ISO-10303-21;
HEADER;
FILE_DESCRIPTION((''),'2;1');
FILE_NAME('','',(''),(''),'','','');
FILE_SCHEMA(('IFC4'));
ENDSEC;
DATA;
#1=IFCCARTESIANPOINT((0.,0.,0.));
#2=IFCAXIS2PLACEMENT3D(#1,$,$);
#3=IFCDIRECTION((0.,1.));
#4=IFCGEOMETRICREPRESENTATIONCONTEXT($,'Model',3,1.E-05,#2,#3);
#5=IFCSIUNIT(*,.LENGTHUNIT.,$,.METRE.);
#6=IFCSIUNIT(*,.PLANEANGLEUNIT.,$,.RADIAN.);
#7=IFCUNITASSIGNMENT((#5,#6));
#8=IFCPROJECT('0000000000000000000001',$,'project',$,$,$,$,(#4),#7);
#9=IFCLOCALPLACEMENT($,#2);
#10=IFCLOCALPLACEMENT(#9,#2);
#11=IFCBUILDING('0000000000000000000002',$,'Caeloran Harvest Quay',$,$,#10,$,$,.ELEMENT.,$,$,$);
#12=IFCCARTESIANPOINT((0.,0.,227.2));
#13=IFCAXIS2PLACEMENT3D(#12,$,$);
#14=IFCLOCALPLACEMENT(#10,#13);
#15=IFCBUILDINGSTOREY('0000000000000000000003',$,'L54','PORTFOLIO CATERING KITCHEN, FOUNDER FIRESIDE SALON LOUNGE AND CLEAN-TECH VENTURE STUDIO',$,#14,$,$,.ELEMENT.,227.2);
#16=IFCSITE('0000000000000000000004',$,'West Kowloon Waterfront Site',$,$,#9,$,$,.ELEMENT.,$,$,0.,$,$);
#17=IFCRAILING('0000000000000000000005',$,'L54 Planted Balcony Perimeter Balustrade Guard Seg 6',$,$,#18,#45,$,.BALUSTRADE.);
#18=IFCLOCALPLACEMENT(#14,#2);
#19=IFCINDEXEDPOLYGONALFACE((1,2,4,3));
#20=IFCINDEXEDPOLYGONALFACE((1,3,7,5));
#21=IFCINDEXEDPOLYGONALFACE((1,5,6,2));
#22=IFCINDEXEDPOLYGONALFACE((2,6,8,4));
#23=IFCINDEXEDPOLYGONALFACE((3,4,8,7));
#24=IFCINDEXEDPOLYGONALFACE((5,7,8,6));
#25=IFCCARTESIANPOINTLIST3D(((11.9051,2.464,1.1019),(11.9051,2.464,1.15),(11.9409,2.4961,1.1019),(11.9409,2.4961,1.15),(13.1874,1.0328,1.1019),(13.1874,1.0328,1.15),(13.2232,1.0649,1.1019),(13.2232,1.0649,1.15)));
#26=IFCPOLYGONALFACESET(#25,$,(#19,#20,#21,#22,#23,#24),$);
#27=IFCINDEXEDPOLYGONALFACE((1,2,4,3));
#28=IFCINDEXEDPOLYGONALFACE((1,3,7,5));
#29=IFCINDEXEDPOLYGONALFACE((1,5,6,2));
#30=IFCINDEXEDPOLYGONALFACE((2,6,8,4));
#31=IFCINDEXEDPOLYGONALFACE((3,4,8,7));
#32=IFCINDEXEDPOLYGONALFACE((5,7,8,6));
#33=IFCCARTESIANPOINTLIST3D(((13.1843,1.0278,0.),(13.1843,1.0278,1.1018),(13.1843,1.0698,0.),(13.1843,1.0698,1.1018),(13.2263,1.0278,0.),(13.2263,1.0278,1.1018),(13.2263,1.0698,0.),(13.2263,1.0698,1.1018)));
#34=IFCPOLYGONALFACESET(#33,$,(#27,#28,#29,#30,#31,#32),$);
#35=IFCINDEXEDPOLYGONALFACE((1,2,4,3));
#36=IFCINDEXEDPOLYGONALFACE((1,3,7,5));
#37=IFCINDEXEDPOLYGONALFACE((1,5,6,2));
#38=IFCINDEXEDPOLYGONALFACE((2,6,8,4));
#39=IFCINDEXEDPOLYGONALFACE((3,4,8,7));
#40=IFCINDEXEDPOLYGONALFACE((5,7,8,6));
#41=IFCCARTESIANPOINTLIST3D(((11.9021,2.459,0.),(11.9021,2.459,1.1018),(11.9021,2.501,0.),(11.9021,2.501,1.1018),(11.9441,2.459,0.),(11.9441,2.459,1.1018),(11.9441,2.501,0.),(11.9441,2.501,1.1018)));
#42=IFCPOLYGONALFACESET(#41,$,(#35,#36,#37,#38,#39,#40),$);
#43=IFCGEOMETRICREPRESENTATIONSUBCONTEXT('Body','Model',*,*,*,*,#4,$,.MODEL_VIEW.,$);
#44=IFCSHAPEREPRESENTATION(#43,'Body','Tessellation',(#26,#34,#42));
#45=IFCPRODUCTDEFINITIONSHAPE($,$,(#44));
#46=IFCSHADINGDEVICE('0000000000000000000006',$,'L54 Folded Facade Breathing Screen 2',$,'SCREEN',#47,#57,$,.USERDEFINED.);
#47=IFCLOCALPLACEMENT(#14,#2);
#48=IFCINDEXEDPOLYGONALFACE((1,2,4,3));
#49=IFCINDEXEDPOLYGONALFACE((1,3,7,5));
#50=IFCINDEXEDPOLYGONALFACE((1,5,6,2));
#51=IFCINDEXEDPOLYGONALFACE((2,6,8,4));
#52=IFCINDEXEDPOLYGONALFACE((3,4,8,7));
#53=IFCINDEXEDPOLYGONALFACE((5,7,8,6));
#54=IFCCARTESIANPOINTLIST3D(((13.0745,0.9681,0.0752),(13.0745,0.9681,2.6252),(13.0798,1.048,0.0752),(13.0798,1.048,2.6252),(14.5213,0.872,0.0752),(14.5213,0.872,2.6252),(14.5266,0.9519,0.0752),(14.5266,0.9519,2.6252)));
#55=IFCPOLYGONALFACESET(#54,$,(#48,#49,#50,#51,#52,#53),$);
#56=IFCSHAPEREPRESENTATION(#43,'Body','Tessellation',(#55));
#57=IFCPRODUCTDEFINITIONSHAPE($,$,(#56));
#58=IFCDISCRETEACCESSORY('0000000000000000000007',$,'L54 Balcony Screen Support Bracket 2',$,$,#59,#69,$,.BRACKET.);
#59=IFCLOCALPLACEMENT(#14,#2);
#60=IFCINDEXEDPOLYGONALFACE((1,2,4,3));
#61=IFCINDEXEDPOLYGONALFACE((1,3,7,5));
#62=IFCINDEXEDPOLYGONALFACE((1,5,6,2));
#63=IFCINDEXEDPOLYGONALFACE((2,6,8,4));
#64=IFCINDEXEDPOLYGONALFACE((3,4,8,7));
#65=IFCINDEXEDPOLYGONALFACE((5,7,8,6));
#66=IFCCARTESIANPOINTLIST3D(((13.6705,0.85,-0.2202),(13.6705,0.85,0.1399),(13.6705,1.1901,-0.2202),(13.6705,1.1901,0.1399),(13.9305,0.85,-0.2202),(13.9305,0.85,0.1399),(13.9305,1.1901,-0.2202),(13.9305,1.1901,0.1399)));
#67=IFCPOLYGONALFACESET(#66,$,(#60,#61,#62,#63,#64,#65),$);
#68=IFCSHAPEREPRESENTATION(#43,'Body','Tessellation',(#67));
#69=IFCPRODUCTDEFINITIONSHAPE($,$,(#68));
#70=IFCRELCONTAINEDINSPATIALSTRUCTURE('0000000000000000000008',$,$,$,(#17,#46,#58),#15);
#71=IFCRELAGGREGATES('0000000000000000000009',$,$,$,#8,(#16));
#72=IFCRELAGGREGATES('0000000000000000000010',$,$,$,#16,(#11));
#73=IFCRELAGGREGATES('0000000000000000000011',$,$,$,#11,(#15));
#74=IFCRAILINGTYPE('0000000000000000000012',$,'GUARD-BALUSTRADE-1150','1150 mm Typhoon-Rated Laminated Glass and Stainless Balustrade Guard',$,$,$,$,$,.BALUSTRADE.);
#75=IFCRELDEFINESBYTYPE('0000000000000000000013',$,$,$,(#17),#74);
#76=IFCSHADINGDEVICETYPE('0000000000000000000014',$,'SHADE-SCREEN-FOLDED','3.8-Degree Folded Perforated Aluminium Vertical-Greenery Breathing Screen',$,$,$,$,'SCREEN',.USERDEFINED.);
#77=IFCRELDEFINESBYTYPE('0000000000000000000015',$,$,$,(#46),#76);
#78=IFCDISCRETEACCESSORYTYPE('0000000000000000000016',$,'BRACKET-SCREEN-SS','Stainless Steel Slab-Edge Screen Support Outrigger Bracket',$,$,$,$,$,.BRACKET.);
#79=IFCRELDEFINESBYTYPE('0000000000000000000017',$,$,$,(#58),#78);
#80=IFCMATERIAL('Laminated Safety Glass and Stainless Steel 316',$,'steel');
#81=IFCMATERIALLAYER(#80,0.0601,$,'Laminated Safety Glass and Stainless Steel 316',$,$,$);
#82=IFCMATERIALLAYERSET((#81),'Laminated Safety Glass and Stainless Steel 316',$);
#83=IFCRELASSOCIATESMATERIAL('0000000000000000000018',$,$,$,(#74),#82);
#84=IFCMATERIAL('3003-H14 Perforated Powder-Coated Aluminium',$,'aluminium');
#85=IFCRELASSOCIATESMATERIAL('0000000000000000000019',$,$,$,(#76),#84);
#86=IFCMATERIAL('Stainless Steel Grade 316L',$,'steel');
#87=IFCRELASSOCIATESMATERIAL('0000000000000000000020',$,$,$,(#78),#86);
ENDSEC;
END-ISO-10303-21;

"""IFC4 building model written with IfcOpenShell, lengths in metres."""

from ifc_helpers import new_model, si_unit, direction, frame, origin, origin_2d, place, context, subcontext, project, spatial, rectangle, extrude, material, layer, layer_set, type_object, element, save


model = new_model("IFC4")

# Units and contexts
model_context = context("Model", 3, precision=1e-05, world=origin(), true_north=direction((0.0, 1.0)))
body_context = subcontext(model_context, "Body", "Model", "MODEL_VIEW")
ifc_project = project(units=[si_unit("LENGTHUNIT", "METRE"), si_unit("PLANEANGLEUNIT", "RADIAN")], contexts=[model_context])

# Site, building, storey
site_placement = place(None, origin())
site = spatial("IfcSite", under=ifc_project, at=site_placement, Name="West Kowloon Waterfront Site", CompositionType="ELEMENT", RefElevation=0.0)
building_placement = place(site_placement, origin())
building = spatial("IfcBuilding", under=site, at=building_placement, Name="Caeloran Harvest Quay", CompositionType="ELEMENT")
storey_placement = place(building_placement, frame((0.0, 0.0, 227.2)))
storey = spatial("IfcBuildingStorey", under=building, at=storey_placement, Name="L54", Description="PORTFOLIO CATERING KITCHEN, FOUNDER FIRESIDE SALON LOUNGE AND CLEAN-TECH VENTURE STUDIO", CompositionType="ELEMENT", Elevation=227.2)

# Railing
ifc_material_1 = material(Name="Laminated Safety Glass and Stainless Steel 316", Category="steel")
ifc_layer_1 = layer(ifc_material_1, 0.0601, Name="Laminated Safety Glass and Stainless Steel 316")
ifc_layer_set_1 = layer_set([ifc_layer_1], Name="Laminated Safety Glass and Stainless Steel 316")
railing_type = type_object("IfcRailingType", Name="GUARD-BALUSTRADE-1150", Description="1150 mm Typhoon-Rated Laminated Glass and Stainless Balustrade Guard", PredefinedType="BALUSTRADE", material=ifc_layer_set_1)
railing_1_placement = place(storey_placement, frame((13.2053, 1.0488, 0.0)))
element("IfcRailing", 1, at=railing_1_placement, inside=storey, type_object=railing_type, Name="L54 Planted Balcony Perimeter Balustrade Guard Seg 6", PredefinedType="BALUSTRADE", context=body_context, shape_type="SweptSolid", body=[
    extrude(rectangle(XDim=0.0481, YDim=0.0481, at=origin_2d()), frame((0.0, 0.0, 1.126), z_axis=(-0.667292, 0.744796, 0.0), x_axis=(-0.744796, -0.667292, 0.0)), (0.0, 0.0, 1.0), 1.9216),
    extrude(rectangle(XDim=0.042, YDim=0.042, at=origin_2d()), origin(), (0.0, 0.0, 1.0), 1.1018),
    extrude(rectangle(XDim=0.042, YDim=0.042, at=origin_2d()), frame((-1.2822, 1.4312, 0.0)), (0.0, 0.0, 1.0), 1.1018),
])

# Shading device
ifc_material_2 = material(Name="3003-H14 Perforated Powder-Coated Aluminium", Category="aluminium")
shading_device_type = type_object("IfcShadingDeviceType", Name="SHADE-SCREEN-FOLDED", Description="3.8-Degree Folded Perforated Aluminium Vertical-Greenery Breathing Screen", ElementType="SCREEN", PredefinedType="USERDEFINED", material=ifc_material_2)
shading_device_placement = place(storey_placement, frame((13.8005, 0.96, 0.0752), z_axis=(0.0, 0.0, 1.0), x_axis=(0.997801, -0.066274, 0.0)))
element("IfcShadingDevice", 2, at=shading_device_placement, inside=storey, type_object=shading_device_type, Name="L54 Folded Facade Breathing Screen 2", ObjectType="SCREEN", PredefinedType="USERDEFINED", context=body_context, shape_type="SweptSolid", body=[
    extrude(rectangle(XDim=1.45, YDim=0.0801, at=origin_2d()), origin(), (0.0, 0.0, 1.0), 2.55),
])

# Discrete accessory
ifc_material_3 = material(Name="Stainless Steel Grade 316L", Category="steel")
discrete_accessory_type = type_object("IfcDiscreteAccessoryType", Name="BRACKET-SCREEN-SS", Description="Stainless Steel Slab-Edge Screen Support Outrigger Bracket", PredefinedType="BRACKET", material=ifc_material_3)
discrete_accessory_placement = place(storey_placement, frame((13.8005, 1.02, -0.2202), z_axis=(0.0, 0.0, 1.0), x_axis=(1.0, 0.0, 0.0)))
element("IfcDiscreteAccessory", 3, at=discrete_accessory_placement, inside=storey, type_object=discrete_accessory_type, Name="L54 Balcony Screen Support Bracket 2", PredefinedType="BRACKET", context=body_context, shape_type="SweptSolid", body=[
    extrude(rectangle(XDim=0.26, YDim=0.3401, at=origin_2d()), origin(), (0.0, 0.0, 1.0), 0.3601),
])

save(model, "model.ifc")
